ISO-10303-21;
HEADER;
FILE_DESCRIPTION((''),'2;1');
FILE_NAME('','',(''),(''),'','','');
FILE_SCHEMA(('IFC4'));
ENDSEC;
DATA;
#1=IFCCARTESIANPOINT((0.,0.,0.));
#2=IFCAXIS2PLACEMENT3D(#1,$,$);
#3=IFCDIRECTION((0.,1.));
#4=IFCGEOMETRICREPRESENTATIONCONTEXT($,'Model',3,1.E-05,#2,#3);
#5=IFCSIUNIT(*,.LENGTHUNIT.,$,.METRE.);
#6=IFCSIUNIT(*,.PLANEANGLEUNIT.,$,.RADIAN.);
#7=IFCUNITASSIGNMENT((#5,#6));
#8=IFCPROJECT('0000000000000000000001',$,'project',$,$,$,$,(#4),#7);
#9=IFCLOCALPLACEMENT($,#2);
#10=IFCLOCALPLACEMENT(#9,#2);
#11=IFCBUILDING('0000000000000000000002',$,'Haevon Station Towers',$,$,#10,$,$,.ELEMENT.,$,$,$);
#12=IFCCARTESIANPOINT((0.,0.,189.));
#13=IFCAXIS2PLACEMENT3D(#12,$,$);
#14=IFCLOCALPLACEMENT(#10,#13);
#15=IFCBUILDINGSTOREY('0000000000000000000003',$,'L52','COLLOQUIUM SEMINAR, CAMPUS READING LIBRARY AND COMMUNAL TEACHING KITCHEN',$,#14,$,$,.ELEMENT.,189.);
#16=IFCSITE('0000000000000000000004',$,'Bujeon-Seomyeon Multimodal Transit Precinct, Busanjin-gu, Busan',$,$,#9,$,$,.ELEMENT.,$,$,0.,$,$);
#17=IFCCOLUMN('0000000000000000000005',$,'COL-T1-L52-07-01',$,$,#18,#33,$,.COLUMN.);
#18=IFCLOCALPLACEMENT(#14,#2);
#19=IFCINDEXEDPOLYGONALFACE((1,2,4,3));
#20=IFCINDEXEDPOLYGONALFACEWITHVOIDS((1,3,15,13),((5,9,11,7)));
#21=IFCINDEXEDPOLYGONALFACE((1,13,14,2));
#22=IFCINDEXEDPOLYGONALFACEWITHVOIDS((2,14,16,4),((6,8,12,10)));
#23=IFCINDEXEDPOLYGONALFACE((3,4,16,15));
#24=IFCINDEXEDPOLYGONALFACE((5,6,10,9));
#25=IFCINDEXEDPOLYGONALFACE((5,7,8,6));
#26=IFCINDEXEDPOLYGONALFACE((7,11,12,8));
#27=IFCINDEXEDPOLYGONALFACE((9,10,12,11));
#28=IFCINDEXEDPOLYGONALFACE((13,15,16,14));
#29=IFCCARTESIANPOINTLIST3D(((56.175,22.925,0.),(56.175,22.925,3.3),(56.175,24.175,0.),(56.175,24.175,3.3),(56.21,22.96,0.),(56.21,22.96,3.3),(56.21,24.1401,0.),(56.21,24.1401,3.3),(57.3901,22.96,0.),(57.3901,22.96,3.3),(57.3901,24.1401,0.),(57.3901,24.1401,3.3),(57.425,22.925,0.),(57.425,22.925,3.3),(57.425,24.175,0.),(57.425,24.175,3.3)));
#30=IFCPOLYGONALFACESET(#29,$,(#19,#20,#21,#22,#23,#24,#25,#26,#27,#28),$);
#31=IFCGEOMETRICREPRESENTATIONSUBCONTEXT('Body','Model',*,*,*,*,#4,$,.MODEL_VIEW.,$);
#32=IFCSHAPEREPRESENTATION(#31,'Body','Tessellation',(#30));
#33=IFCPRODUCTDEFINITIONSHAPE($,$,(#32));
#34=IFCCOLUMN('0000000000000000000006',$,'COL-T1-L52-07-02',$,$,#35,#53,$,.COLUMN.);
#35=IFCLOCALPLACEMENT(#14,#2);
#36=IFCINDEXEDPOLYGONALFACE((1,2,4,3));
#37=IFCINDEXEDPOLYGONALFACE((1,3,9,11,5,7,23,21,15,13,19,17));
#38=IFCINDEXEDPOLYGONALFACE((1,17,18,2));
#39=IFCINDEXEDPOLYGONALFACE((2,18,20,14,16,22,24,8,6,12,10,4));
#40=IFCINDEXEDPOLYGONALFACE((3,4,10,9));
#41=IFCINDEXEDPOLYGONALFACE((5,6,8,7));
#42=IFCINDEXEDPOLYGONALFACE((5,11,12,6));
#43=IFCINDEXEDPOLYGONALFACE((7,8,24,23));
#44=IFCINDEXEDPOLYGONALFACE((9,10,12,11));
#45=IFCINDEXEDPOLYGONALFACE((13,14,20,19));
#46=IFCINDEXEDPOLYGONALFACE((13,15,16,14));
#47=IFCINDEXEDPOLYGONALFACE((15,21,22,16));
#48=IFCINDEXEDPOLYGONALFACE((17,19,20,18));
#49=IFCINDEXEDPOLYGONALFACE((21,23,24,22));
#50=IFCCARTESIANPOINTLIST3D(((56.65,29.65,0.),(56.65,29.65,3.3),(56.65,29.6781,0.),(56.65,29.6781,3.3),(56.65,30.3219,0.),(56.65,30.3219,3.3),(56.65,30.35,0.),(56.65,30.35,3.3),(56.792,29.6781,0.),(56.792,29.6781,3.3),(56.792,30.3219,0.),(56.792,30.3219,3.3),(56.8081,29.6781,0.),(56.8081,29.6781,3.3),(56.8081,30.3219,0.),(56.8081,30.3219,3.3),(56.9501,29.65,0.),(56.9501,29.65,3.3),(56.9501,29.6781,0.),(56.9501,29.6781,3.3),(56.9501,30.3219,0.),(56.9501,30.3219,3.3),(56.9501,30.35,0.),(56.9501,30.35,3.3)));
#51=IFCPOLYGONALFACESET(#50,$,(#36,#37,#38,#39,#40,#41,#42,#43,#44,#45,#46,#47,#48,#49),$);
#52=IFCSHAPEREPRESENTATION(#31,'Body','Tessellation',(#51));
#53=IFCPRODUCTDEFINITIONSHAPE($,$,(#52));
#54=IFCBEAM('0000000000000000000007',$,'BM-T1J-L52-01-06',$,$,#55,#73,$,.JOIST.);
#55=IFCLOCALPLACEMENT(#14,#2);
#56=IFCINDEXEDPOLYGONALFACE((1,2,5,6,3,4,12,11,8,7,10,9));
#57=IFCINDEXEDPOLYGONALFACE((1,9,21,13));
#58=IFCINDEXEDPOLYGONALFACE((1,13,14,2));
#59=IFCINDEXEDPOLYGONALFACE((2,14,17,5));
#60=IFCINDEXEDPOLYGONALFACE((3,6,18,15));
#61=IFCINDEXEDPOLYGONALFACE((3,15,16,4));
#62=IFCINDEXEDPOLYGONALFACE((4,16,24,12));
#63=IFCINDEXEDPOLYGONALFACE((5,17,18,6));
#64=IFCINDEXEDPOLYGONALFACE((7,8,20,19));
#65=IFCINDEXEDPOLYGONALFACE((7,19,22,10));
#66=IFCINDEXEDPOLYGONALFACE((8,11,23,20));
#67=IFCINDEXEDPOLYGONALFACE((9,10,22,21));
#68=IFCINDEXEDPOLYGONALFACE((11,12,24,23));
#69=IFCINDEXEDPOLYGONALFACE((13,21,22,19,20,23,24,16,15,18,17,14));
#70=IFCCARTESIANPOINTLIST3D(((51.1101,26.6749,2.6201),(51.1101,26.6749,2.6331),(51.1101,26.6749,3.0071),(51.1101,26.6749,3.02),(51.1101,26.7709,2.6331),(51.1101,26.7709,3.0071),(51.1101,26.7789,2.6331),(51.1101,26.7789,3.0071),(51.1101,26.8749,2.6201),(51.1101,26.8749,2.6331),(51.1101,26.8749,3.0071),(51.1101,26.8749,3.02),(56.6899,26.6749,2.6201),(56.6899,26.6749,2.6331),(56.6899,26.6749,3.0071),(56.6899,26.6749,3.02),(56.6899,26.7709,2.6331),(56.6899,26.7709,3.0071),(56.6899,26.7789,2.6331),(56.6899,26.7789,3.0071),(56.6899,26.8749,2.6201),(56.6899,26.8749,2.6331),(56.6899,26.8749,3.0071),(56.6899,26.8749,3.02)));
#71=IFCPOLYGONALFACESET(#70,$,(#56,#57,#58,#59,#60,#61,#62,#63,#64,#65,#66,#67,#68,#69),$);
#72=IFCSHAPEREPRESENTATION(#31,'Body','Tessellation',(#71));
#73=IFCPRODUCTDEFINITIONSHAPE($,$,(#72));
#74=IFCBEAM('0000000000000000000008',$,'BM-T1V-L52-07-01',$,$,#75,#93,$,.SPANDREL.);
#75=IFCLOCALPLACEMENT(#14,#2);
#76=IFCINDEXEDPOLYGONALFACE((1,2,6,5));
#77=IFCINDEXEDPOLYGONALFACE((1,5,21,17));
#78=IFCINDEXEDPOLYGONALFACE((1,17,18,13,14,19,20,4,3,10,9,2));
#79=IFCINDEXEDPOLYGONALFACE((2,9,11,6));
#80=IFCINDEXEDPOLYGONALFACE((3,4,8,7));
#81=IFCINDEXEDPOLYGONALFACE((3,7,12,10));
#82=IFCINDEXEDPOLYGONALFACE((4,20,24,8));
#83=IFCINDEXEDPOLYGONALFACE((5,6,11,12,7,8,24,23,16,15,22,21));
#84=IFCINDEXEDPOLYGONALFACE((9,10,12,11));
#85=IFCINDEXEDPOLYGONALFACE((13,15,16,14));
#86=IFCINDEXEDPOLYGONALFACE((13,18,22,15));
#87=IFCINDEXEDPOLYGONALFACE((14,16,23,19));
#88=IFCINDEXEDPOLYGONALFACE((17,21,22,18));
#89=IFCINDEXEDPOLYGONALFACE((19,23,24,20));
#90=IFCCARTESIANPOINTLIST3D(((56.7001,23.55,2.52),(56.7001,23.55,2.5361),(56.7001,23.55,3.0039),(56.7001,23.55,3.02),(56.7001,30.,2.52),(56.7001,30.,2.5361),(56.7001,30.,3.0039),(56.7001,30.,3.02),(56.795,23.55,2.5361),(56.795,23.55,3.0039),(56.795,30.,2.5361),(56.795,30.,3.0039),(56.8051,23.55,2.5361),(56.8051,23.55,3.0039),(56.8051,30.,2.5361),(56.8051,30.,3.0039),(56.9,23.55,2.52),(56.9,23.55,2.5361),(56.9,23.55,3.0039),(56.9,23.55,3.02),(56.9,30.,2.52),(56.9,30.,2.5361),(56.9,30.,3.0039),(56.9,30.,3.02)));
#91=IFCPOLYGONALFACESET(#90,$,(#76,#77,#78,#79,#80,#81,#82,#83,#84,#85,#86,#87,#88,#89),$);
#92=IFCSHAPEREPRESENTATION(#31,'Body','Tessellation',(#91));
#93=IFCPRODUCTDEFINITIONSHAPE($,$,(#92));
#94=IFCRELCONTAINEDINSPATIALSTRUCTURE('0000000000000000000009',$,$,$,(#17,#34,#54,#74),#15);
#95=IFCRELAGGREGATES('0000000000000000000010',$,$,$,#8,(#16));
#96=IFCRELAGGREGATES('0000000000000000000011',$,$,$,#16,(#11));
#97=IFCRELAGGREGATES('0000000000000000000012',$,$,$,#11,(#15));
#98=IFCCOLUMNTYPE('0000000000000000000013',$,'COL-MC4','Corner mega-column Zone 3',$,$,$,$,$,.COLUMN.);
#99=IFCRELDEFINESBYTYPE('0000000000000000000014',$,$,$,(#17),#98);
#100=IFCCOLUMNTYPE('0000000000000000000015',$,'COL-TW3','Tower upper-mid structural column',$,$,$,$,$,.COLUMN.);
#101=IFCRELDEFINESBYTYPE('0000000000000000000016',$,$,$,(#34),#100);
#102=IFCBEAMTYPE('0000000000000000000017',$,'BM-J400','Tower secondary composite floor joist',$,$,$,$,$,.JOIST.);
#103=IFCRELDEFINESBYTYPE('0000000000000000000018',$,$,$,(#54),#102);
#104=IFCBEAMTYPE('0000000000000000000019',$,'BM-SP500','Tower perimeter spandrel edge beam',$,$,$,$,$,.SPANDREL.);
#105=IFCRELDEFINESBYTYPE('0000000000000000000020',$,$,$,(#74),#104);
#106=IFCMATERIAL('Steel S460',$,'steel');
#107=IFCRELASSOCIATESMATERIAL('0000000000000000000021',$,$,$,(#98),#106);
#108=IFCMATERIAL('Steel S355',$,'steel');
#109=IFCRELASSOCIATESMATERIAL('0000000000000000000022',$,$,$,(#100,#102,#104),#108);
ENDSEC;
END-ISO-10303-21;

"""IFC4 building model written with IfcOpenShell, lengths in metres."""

from ifc_helpers import new_model, si_unit, direction, frame, origin, origin_2d, place, context, subcontext, project, spatial, hollow_rectangle, i_section, extrude, material, material_profile, profile_set, type_object, element, save


model = new_model("IFC4")

# Units and contexts
model_context = context("Model", 3, precision=1e-05, world=origin(), true_north=direction((0.0, 1.0)))
body_context = subcontext(model_context, "Body", "Model", "MODEL_VIEW")
ifc_project = project(units=[si_unit("LENGTHUNIT", "METRE"), si_unit("PLANEANGLEUNIT", "RADIAN")], contexts=[model_context])

# Site, building, storey
site_placement = place(None, origin())
site = spatial("IfcSite", under=ifc_project, at=site_placement, Name="Bujeon-Seomyeon Multimodal Transit Precinct, Busanjin-gu, Busan", CompositionType="ELEMENT", RefElevation=0.0)
building_placement = place(site_placement, origin())
building = spatial("IfcBuilding", under=site, at=building_placement, Name="Haevon Station Towers", CompositionType="ELEMENT")
storey_placement = place(building_placement, frame((0.0, 0.0, 189.0)))
storey = spatial("IfcBuildingStorey", under=building, at=storey_placement, Name="L52", Description="COLLOQUIUM SEMINAR, CAMPUS READING LIBRARY AND COMMUNAL TEACHING KITCHEN", CompositionType="ELEMENT", Elevation=189.0)

# Columns
ifc_material_1 = material(Name="Steel S460", Category="steel")
ifc_material_profile_1 = material_profile(ifc_material_1, hollow_rectangle(XDim=1.25, YDim=1.25, WallThickness=0.0349, at=origin_2d()), Name="BOX-1250x1250x35")
ifc_profile_set_1 = profile_set([ifc_material_profile_1], Name="Steel S460")
column_type_1 = type_object("IfcColumnType", Name="COL-MC4", Description="Corner mega-column Zone 3", PredefinedType="COLUMN", material=ifc_profile_set_1)
column_1_placement = place(storey_placement, frame((56.8, 23.55, 0.0), z_axis=(0.0, 0.0, 1.0), x_axis=(1.0, 0.0, 0.0)))
element("IfcColumn", 1, at=column_1_placement, inside=storey, type_object=column_type_1, Name="COL-T1-L52-07-01", PredefinedType="COLUMN", context=body_context, shape_type="SweptSolid", body=[
    extrude(hollow_rectangle(XDim=1.25, YDim=1.25, WallThickness=0.0349, at=origin_2d()), origin(), (0.0, 0.0, 1.0), 3.3),
])
ifc_material_2 = material(Name="Steel S355", Category="steel")
ifc_material_profile_2 = material_profile(ifc_material_2, i_section(OverallWidth=0.3, OverallDepth=0.7, WebThickness=0.0161, FlangeThickness=0.0281, at=origin_2d()), Name="H-700x300x16x28")
ifc_profile_set_2 = profile_set([ifc_material_profile_2], Name="Steel S355")
column_type_2 = type_object("IfcColumnType", Name="COL-TW3", Description="Tower upper-mid structural column", PredefinedType="COLUMN", material=ifc_profile_set_2)
column_2_placement = place(storey_placement, frame((56.8, 30.0, 0.0), z_axis=(0.0, 0.0, 1.0), x_axis=(1.0, 0.0, 0.0)))
element("IfcColumn", 2, at=column_2_placement, inside=storey, type_object=column_type_2, Name="COL-T1-L52-07-02", PredefinedType="COLUMN", context=body_context, shape_type="SweptSolid", body=[
    extrude(i_section(OverallWidth=0.3, OverallDepth=0.7, WebThickness=0.0161, FlangeThickness=0.0281, at=origin_2d()), origin(), (0.0, 0.0, 1.0), 3.3),
])

# Beams
ifc_material_profile_3 = material_profile(ifc_material_2, i_section(OverallWidth=0.2, OverallDepth=0.3999, WebThickness=0.0081, FlangeThickness=0.0129, at=origin_2d()), Name="H-400x200x8x13")
ifc_profile_set_3 = profile_set([ifc_material_profile_3], Name="Steel S355")
beam_type_1 = type_object("IfcBeamType", Name="BM-J400", Description="Tower secondary composite floor joist", PredefinedType="JOIST", material=ifc_profile_set_3)
beam_1_placement = place(storey_placement, frame((51.1101, 26.7749, 2.8201), z_axis=(1.0, 0.0, 0.0), x_axis=(0.0, 1.0, 0.0)))
element("IfcBeam", 3, at=beam_1_placement, inside=storey, type_object=beam_type_1, Name="BM-T1J-L52-01-06", PredefinedType="JOIST", context=body_context, shape_type="SweptSolid", body=[
    extrude(i_section(OverallWidth=0.2, OverallDepth=0.3999, WebThickness=0.0081, FlangeThickness=0.0129, at=origin_2d()), origin(), (0.0, 0.0, 1.0), 5.5798),
])
ifc_material_profile_4 = material_profile(ifc_material_2, i_section(OverallWidth=0.2, OverallDepth=0.5, WebThickness=0.01, FlangeThickness=0.0161, at=origin_2d()), Name="H-500x200x10x16")
ifc_profile_set_4 = profile_set([ifc_material_profile_4], Name="Steel S355")
beam_type_2 = type_object("IfcBeamType", Name="BM-SP500", Description="Tower perimeter spandrel edge beam", PredefinedType="SPANDREL", material=ifc_profile_set_4)
beam_2_placement = place(storey_placement, frame((56.8, 23.55, 2.77), z_axis=(0.0, 1.0, 0.0), x_axis=(-1.0, 0.0, 0.0)))
element("IfcBeam", 4, at=beam_2_placement, inside=storey, type_object=beam_type_2, Name="BM-T1V-L52-07-01", PredefinedType="SPANDREL", context=body_context, shape_type="SweptSolid", body=[
    extrude(i_section(OverallWidth=0.2, OverallDepth=0.5, WebThickness=0.01, FlangeThickness=0.0161, at=origin_2d()), origin(), (0.0, 0.0, 1.0), 6.45),
])

save(model, "model.ifc")
